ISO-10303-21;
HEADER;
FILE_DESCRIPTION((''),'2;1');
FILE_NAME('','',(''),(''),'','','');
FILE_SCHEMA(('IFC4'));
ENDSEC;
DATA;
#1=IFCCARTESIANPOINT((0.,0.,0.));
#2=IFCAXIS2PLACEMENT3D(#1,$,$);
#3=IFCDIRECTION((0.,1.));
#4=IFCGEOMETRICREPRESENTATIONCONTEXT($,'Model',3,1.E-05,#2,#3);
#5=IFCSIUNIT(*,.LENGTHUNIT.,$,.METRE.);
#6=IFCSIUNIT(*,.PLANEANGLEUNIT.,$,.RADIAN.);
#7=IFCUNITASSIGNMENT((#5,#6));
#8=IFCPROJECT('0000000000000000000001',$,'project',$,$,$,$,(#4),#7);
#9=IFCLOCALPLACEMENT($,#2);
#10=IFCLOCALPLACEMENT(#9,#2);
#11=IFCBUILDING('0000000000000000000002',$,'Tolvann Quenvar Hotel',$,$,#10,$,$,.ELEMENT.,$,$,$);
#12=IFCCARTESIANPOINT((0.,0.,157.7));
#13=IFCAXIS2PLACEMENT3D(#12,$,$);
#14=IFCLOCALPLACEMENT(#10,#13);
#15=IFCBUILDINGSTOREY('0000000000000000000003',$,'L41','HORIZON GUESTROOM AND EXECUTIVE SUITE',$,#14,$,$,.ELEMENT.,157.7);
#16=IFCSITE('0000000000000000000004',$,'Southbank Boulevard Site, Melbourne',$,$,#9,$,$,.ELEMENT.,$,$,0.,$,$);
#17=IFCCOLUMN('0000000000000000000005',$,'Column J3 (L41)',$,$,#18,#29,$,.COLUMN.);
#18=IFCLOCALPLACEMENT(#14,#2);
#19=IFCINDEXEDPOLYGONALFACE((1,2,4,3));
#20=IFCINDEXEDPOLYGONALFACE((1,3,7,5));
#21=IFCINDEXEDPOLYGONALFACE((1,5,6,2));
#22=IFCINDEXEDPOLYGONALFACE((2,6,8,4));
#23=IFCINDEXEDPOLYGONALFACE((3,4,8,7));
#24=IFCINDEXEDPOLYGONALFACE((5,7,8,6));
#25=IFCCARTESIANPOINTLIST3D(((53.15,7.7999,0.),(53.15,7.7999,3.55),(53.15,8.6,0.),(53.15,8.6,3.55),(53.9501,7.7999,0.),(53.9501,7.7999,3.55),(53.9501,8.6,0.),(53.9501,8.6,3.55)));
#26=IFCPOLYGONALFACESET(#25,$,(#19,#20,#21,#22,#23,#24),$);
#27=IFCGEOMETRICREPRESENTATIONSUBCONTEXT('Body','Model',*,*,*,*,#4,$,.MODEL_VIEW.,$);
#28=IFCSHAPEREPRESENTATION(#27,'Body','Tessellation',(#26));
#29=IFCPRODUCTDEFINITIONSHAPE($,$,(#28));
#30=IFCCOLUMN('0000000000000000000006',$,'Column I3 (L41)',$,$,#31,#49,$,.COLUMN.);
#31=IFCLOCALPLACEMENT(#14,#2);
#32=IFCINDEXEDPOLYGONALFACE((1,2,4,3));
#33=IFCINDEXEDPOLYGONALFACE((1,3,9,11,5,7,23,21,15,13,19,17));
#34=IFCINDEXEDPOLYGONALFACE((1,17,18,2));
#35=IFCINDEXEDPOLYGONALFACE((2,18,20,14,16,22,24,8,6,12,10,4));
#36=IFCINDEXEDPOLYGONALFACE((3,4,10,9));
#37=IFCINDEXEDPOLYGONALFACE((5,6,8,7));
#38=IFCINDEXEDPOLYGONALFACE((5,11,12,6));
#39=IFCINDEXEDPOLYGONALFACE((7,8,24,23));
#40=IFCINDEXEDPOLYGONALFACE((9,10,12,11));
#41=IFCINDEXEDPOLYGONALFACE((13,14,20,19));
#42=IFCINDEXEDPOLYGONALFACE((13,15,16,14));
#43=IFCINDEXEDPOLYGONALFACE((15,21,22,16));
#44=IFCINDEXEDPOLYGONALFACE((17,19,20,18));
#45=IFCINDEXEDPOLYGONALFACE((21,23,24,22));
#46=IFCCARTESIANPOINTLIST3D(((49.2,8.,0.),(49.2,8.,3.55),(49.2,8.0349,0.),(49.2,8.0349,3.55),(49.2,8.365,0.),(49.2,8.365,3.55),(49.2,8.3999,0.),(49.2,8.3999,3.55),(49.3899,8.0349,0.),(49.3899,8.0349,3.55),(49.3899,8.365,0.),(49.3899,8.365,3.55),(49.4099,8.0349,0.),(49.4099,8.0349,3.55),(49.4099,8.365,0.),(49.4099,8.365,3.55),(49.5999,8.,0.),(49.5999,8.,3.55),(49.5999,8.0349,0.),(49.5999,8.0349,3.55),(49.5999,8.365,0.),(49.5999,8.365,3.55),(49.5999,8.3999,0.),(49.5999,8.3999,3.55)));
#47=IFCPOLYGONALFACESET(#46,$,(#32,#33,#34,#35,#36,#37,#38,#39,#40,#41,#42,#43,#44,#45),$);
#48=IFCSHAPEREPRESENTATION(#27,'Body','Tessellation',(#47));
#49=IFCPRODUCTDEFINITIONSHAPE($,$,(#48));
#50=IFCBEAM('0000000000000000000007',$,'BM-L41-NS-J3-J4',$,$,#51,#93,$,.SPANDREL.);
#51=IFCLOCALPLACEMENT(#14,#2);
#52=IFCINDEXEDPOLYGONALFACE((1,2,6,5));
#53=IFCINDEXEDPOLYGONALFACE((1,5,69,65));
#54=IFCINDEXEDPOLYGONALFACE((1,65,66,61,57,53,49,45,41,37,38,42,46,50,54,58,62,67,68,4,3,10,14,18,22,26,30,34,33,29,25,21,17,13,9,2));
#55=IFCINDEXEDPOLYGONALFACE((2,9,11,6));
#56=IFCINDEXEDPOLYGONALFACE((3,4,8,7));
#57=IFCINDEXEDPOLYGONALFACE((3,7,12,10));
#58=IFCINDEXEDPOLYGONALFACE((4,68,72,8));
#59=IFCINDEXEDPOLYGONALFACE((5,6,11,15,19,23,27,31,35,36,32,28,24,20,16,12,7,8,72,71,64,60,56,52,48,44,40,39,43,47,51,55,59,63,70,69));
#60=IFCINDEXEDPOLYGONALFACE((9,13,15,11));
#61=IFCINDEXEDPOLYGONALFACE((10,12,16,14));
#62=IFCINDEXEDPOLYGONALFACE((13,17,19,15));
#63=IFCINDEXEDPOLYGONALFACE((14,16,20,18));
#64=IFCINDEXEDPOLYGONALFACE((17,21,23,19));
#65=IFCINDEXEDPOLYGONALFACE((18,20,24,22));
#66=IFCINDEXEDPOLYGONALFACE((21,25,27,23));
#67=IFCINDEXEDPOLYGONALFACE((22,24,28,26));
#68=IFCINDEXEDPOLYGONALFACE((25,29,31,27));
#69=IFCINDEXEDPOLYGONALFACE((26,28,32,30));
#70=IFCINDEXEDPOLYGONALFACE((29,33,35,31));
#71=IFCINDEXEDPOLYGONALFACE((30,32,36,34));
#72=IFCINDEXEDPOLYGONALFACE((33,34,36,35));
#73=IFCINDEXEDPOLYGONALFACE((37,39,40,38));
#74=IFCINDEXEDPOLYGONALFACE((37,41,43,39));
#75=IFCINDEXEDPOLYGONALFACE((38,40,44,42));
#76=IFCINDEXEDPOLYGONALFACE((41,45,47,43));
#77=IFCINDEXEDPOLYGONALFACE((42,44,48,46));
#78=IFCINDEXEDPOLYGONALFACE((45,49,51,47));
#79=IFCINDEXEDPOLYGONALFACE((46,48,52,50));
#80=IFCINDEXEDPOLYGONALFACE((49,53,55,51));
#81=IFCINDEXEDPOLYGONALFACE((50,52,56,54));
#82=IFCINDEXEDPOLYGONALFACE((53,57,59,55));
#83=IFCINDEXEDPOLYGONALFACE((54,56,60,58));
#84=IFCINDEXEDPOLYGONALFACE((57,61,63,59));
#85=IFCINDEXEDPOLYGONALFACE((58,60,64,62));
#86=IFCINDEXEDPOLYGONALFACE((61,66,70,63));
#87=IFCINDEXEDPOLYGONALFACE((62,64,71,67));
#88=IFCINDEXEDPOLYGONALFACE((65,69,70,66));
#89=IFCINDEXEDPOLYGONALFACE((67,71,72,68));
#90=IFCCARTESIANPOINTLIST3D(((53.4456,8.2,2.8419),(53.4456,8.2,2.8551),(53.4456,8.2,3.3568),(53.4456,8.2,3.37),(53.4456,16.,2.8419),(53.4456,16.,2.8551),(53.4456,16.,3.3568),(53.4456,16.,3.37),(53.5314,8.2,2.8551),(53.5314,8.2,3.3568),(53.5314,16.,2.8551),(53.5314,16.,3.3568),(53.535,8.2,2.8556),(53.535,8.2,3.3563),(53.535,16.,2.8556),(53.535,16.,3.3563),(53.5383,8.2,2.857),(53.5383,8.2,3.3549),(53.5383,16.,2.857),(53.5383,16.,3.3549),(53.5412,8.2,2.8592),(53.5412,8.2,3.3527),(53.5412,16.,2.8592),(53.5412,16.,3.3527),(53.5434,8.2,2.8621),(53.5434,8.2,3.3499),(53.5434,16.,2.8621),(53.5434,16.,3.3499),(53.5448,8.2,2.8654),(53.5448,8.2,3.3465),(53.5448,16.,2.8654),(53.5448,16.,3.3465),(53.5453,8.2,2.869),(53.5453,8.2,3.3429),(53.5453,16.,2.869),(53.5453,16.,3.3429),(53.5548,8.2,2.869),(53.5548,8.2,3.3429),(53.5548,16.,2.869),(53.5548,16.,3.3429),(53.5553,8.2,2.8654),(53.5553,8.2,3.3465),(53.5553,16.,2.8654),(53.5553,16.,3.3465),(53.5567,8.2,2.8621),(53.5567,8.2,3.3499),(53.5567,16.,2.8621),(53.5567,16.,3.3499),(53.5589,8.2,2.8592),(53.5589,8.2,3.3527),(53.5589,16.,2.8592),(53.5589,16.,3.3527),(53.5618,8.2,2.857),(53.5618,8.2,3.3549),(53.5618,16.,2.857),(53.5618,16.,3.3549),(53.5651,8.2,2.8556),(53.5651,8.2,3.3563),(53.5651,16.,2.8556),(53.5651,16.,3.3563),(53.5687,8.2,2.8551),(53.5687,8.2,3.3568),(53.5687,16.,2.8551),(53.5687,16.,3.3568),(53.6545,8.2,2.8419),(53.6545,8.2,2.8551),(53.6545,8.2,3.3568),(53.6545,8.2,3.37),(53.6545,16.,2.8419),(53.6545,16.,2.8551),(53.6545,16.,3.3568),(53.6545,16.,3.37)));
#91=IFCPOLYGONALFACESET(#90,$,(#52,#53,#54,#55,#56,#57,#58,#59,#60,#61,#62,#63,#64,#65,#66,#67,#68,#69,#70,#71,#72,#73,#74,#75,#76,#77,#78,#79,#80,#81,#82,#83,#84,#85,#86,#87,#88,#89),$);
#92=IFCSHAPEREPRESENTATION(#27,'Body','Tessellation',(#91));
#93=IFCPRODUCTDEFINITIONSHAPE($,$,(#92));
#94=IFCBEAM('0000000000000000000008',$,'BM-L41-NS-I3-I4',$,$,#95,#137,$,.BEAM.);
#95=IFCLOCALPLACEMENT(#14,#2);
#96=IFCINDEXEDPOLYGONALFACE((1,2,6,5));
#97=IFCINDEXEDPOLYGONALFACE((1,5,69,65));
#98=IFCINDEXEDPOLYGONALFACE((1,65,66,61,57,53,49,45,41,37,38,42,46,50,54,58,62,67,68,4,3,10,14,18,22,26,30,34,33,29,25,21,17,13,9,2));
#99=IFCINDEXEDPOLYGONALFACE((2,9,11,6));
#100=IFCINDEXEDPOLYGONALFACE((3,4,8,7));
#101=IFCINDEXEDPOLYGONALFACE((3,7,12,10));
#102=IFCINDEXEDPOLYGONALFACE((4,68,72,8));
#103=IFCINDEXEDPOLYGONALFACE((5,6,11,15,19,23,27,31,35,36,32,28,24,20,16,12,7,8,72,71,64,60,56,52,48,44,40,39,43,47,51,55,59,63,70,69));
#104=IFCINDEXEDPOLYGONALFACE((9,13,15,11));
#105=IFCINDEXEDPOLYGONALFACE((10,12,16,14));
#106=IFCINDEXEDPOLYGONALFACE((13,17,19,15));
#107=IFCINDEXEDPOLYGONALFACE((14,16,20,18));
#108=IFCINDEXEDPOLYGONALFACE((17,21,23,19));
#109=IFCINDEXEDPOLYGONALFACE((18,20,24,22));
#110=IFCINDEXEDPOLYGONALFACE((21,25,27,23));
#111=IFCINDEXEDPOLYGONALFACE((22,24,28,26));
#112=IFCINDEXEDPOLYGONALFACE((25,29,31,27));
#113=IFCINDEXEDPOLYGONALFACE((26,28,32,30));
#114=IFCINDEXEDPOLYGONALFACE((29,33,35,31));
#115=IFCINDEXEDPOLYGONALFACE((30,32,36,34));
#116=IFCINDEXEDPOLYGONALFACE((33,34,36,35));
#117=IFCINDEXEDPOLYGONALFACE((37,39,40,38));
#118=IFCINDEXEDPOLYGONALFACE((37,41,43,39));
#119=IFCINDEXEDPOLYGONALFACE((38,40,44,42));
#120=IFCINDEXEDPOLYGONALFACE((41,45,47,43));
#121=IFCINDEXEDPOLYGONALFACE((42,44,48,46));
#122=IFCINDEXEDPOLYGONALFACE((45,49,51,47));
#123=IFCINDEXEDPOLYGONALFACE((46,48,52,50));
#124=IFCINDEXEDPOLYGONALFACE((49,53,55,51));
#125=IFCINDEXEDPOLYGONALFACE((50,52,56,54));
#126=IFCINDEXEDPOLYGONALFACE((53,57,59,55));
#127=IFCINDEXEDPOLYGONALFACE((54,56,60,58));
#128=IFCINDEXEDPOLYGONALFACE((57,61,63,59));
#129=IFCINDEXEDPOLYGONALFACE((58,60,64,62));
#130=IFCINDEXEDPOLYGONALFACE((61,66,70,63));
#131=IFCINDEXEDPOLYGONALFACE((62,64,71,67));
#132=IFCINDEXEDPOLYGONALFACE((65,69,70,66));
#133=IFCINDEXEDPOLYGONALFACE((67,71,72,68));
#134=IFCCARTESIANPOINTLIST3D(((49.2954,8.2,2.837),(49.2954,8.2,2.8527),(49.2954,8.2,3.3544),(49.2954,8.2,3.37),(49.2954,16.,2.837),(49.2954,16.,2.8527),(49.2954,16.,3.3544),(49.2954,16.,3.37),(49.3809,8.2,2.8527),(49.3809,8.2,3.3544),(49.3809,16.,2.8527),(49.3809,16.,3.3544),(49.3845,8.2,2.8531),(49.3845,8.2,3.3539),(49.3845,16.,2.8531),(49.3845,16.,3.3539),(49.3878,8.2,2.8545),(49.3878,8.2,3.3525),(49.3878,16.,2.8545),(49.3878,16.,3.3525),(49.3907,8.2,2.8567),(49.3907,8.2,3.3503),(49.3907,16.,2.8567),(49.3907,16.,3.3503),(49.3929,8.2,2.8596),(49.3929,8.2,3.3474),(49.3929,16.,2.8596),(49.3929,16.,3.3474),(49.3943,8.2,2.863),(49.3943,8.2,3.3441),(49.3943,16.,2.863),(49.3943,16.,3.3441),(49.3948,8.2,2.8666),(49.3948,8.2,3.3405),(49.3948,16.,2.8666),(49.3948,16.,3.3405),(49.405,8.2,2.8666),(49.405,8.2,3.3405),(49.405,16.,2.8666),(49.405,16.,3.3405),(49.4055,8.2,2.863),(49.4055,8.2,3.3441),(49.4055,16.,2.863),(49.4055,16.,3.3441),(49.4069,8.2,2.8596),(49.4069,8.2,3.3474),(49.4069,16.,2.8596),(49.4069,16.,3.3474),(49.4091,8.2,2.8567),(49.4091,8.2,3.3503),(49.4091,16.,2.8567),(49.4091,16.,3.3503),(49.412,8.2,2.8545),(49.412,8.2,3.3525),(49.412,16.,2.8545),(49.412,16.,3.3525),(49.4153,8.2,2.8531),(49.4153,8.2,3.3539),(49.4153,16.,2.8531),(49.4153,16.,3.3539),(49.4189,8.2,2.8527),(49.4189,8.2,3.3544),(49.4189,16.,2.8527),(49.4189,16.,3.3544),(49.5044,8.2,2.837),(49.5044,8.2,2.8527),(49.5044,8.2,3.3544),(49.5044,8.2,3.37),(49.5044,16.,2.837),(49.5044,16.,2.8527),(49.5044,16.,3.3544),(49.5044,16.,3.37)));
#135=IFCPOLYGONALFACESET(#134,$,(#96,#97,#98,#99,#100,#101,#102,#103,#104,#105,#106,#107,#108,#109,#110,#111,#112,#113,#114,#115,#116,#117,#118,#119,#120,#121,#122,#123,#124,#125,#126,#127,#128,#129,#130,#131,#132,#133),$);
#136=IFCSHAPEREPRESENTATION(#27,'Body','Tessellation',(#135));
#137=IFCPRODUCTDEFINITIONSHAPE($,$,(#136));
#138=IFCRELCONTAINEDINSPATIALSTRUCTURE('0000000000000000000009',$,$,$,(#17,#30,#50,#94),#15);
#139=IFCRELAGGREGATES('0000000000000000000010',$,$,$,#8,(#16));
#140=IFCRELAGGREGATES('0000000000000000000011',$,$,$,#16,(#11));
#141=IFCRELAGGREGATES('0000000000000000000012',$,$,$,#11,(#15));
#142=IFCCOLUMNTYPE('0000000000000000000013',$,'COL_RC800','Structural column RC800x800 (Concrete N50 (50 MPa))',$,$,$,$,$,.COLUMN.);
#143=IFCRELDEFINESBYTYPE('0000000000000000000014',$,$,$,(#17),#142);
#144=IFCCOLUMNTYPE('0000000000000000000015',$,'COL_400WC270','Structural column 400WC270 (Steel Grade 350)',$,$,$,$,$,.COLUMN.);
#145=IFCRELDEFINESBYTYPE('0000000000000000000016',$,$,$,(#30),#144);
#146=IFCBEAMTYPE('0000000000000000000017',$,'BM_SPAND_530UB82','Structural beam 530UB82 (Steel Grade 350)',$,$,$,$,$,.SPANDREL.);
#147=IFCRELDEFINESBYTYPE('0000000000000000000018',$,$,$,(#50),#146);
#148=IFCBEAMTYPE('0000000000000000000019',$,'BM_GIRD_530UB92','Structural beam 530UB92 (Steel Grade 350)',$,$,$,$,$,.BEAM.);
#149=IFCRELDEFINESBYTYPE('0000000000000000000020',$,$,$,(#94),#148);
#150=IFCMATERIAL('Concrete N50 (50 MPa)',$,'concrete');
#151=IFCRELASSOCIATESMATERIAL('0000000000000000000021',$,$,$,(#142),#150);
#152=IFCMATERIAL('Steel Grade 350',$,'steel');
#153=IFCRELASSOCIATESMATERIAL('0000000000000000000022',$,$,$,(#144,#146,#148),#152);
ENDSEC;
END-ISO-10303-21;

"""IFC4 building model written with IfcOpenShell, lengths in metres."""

from ifc_helpers import new_model, si_unit, direction, frame, origin, origin_2d, place, context, subcontext, project, spatial, rectangle, i_section, extrude, source, transform, mapped, material, material_profile, profile_set, type_object, type_shapes, element, save


model = new_model("IFC4")

# Units and contexts
model_context = context("Model", 3, precision=1e-05, world=origin(), true_north=direction((0.0, 1.0)))
body_context = subcontext(model_context, "Body", "Model", "MODEL_VIEW")
ifc_project = project(units=[si_unit("LENGTHUNIT", "METRE"), si_unit("PLANEANGLEUNIT", "RADIAN")], contexts=[model_context])

# Site, building, storey
site_placement = place(None, origin())
site = spatial("IfcSite", under=ifc_project, at=site_placement, Name="Southbank Boulevard Site, Melbourne", CompositionType="ELEMENT", RefElevation=0.0)
building_placement = place(site_placement, origin())
building = spatial("IfcBuilding", under=site, at=building_placement, Name="Tolvann Quenvar Hotel", CompositionType="ELEMENT")
storey_placement = place(building_placement, frame((0.0, 0.0, 157.7)))
storey = spatial("IfcBuildingStorey", under=building, at=storey_placement, Name="L41", Description="HORIZON GUESTROOM AND EXECUTIVE SUITE", CompositionType="ELEMENT", Elevation=157.7)

# Columns
ifc_material_1 = material(Name="Concrete N50 (50 MPa)", Category="concrete")
ifc_material_profile_1 = material_profile(ifc_material_1, rectangle(XDim=0.8, YDim=0.8, at=origin_2d()), Name="RC800x800")
ifc_profile_set_1 = profile_set([ifc_material_profile_1], Name="Concrete N50 (50 MPa)")
column_type_1 = type_object("IfcColumnType", Name="COL_RC800", Description="Structural column RC800x800 (Concrete N50 (50 MPa))", PredefinedType="COLUMN", material=ifc_profile_set_1)
shared_shape_1 = source(origin(), body_context, "Body", "SweptSolid", [
    extrude(rectangle(XDim=0.8, YDim=0.8, at=origin_2d()), origin(), (0.0, 0.0, 1.0), 3.55),
])
type_shapes(column_type_1, [shared_shape_1])
column_1_placement = place(storey_placement, frame((53.55, 8.2, 0.0), z_axis=(0.0, 0.0, 1.0), x_axis=(1.0, 0.0, 0.0)))
element("IfcColumn", 1, at=column_1_placement, inside=storey, type_object=column_type_1, Name="Column J3 (L41)", PredefinedType="COLUMN", context=body_context, shape_type="MappedRepresentation", body=[
    mapped(shared_shape_1, transform((0.0, 0.0, 0.0), x_axis=(1.0, 0.0, 0.0), y_axis=(0.0, 1.0, 0.0), z_axis=(0.0, 0.0, 1.0), scale=1.0)),
])
ifc_material_2 = material(Name="Steel Grade 350", Category="steel")
ifc_material_profile_2 = material_profile(ifc_material_2, i_section(OverallWidth=0.3999, OverallDepth=0.3999, WebThickness=0.02, FlangeThickness=0.0349, at=origin_2d()), Name="400WC270")
ifc_profile_set_2 = profile_set([ifc_material_profile_2], Name="Steel Grade 350")
column_type_2 = type_object("IfcColumnType", Name="COL_400WC270", Description="Structural column 400WC270 (Steel Grade 350)", PredefinedType="COLUMN", material=ifc_profile_set_2)
shared_shape_2 = source(origin(), body_context, "Body", "SweptSolid", [
    extrude(i_section(OverallWidth=0.3999, OverallDepth=0.3999, WebThickness=0.02, FlangeThickness=0.0349, at=origin_2d()), origin(), (0.0, 0.0, 1.0), 3.55),
])
type_shapes(column_type_2, [shared_shape_2])
column_2_placement = place(storey_placement, frame((49.3999, 8.2, 0.0), z_axis=(0.0, 0.0, 1.0), x_axis=(1.0, 0.0, 0.0)))
element("IfcColumn", 2, at=column_2_placement, inside=storey, type_object=column_type_2, Name="Column I3 (L41)", PredefinedType="COLUMN", context=body_context, shape_type="MappedRepresentation", body=[
    mapped(shared_shape_2, transform((0.0, 0.0, 0.0), x_axis=(1.0, 0.0, 0.0), y_axis=(0.0, 1.0, 0.0), z_axis=(0.0, 0.0, 1.0), scale=1.0)),
])

# Beams
ifc_material_profile_3 = material_profile(ifc_material_2, i_section(OverallWidth=0.209, OverallDepth=0.5281, WebThickness=0.0095, FlangeThickness=0.0132, FilletRadius=0.0139, at=origin_2d()), Name="530UB82")
ifc_profile_set_3 = profile_set([ifc_material_profile_3], Name="Steel Grade 350")
beam_type_1 = type_object("IfcBeamType", Name="BM_SPAND_530UB82", Description="Structural beam 530UB82 (Steel Grade 350)", PredefinedType="SPANDREL", material=ifc_profile_set_3)
shared_shape_3 = source(origin(), body_context, "Body", "SweptSolid", [
    extrude(i_section(OverallWidth=0.209, OverallDepth=0.5281, WebThickness=0.0095, FlangeThickness=0.0132, FilletRadius=0.0139, at=origin_2d()), origin(), (0.0, 0.0, 1.0), 7.8),
])
type_shapes(beam_type_1, [shared_shape_3])
beam_1_placement = place(storey_placement, frame((53.55, 8.2, 3.106), z_axis=(0.0, 1.0, 0.0), x_axis=(-1.0, 0.0, 0.0)))
element("IfcBeam", 3, at=beam_1_placement, inside=storey, type_object=beam_type_1, Name="BM-L41-NS-J3-J4", PredefinedType="SPANDREL", context=body_context, shape_type="MappedRepresentation", body=[
    mapped(shared_shape_3, transform((0.0, 0.0, 0.0), x_axis=(1.0, 0.0, 0.0), y_axis=(0.0, 1.0, 0.0), z_axis=(0.0, 0.0, 1.0), scale=1.0)),
])
ifc_material_profile_4 = material_profile(ifc_material_2, i_section(OverallWidth=0.209, OverallDepth=0.533, WebThickness=0.0103, FlangeThickness=0.0156, FilletRadius=0.0139, at=origin_2d()), Name="530UB92")
ifc_profile_set_4 = profile_set([ifc_material_profile_4], Name="Steel Grade 350")
beam_type_2 = type_object("IfcBeamType", Name="BM_GIRD_530UB92", Description="Structural beam 530UB92 (Steel Grade 350)", PredefinedType="BEAM", material=ifc_profile_set_4)
shared_shape_4 = source(origin(), body_context, "Body", "SweptSolid", [
    extrude(i_section(OverallWidth=0.209, OverallDepth=0.533, WebThickness=0.0103, FlangeThickness=0.0156, FilletRadius=0.0139, at=origin_2d()), origin(), (0.0, 0.0, 1.0), 7.8),
])
type_shapes(beam_type_2, [shared_shape_4])
beam_2_placement = place(storey_placement, frame((49.3999, 8.2, 3.1035), z_axis=(0.0, 1.0, 0.0), x_axis=(-1.0, 0.0, 0.0)))
element("IfcBeam", 4, at=beam_2_placement, inside=storey, type_object=beam_type_2, Name="BM-L41-NS-I3-I4", PredefinedType="BEAM", context=body_context, shape_type="MappedRepresentation", body=[
    mapped(shared_shape_4, transform((0.0, 0.0, 0.0), x_axis=(1.0, 0.0, 0.0), y_axis=(0.0, 1.0, 0.0), z_axis=(0.0, 0.0, 1.0), scale=1.0)),
])

save(model, "model.ifc")
